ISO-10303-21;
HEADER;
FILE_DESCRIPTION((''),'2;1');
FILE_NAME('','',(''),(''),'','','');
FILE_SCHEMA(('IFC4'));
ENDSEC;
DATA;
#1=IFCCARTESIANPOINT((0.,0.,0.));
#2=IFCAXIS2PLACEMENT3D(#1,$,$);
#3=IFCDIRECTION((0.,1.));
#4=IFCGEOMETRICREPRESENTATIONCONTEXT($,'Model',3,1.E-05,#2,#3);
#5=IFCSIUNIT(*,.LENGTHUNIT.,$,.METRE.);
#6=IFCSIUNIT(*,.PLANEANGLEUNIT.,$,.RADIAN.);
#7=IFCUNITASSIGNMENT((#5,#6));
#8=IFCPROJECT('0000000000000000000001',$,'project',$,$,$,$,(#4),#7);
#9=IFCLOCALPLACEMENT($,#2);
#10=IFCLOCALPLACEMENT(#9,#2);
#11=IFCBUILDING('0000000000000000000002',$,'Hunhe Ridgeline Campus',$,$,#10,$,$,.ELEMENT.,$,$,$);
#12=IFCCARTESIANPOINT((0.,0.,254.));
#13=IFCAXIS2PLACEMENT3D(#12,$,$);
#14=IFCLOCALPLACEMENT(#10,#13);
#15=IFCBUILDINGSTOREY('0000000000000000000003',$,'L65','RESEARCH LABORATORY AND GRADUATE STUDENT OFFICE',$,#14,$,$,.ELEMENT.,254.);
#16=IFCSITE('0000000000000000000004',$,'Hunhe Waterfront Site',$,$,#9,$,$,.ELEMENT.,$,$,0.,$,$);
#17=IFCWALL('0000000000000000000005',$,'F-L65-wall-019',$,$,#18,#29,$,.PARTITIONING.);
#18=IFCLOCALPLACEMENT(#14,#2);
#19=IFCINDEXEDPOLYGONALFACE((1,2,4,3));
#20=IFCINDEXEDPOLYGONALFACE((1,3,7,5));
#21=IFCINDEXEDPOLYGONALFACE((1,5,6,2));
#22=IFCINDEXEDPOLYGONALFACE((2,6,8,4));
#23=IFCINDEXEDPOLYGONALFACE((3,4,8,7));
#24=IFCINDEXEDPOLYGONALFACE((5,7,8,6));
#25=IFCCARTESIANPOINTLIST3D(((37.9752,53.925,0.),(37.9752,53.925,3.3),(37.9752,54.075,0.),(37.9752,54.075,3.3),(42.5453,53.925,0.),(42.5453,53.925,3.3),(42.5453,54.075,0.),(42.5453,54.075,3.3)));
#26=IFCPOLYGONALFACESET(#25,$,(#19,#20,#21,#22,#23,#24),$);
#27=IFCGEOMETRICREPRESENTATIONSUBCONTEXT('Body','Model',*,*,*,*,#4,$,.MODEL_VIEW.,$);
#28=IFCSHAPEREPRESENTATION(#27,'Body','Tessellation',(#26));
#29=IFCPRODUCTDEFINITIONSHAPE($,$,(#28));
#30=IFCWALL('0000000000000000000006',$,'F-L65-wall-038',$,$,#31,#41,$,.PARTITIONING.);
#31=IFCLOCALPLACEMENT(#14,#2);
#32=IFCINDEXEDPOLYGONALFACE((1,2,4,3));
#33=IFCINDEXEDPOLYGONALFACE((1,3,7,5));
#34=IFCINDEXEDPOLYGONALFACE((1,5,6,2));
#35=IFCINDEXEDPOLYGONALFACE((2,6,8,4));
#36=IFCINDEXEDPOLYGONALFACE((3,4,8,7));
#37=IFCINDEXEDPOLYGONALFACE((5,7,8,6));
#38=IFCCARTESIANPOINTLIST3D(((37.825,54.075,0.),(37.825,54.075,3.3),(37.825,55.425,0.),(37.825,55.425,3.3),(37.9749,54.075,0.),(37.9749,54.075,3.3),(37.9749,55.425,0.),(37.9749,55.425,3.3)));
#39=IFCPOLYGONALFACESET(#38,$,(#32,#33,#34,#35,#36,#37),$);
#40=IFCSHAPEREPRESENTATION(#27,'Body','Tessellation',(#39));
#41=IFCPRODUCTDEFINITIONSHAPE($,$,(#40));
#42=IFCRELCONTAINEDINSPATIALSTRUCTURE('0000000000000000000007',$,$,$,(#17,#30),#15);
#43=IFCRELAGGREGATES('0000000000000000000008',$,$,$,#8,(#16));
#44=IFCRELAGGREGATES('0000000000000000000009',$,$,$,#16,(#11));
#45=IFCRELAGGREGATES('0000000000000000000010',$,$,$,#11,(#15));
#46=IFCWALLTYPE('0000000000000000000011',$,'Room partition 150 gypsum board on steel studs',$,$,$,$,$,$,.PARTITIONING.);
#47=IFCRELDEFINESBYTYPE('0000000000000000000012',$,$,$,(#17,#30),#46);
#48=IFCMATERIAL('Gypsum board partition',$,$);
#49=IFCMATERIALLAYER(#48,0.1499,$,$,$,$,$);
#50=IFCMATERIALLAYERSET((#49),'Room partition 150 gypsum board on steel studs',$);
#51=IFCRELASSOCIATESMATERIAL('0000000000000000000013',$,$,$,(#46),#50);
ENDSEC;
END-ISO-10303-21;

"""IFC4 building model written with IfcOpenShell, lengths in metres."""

from ifc_helpers import new_model, si_unit, direction, frame, frame_2d, origin, place, context, subcontext, project, spatial, rectangle, extrude, material, layer, layer_set, type_object, element, save


model = new_model("IFC4")

# Units and contexts
model_context = context("Model", 3, precision=1e-05, world=origin(), true_north=direction((0.0, 1.0)))
body_context = subcontext(model_context, "Body", "Model", "MODEL_VIEW")
ifc_project = project(units=[si_unit("LENGTHUNIT", "METRE"), si_unit("PLANEANGLEUNIT", "RADIAN")], contexts=[model_context])

# Site, building, storey
site_placement = place(None, origin())
site = spatial("IfcSite", under=ifc_project, at=site_placement, Name="Hunhe Waterfront Site", CompositionType="ELEMENT", RefElevation=0.0)
building_placement = place(site_placement, origin())
building = spatial("IfcBuilding", under=site, at=building_placement, Name="Hunhe Ridgeline Campus", CompositionType="ELEMENT")
storey_placement = place(building_placement, frame((0.0, 0.0, 254.0)))
storey = spatial("IfcBuildingStorey", under=building, at=storey_placement, Name="L65", Description="RESEARCH LABORATORY AND GRADUATE STUDENT OFFICE", CompositionType="ELEMENT", Elevation=254.0)

# Shared definitions
ifc_material_1 = material(Name="Gypsum board partition")

# Walls
ifc_layer_1 = layer(ifc_material_1, 0.1499)
ifc_layer_set_1 = layer_set([ifc_layer_1], Name="Room partition 150 gypsum board on steel studs")
wall_type_1 = type_object("IfcWallType", Name="Room partition 150 gypsum board on steel studs", PredefinedType="PARTITIONING", material=ifc_layer_set_1)
wall_1_placement = place(storey_placement, frame((37.9751, 54.0, 0.0), z_axis=(0.0, 0.0, 1.0), x_axis=(1.0, 0.0, 0.0)))
element("IfcWall", 1, at=wall_1_placement, inside=storey, type_object=wall_type_1, Name="F-L65-wall-019", PredefinedType="PARTITIONING", context=body_context, shape_type="SweptSolid", body=[
    extrude(rectangle(XDim=4.5701, YDim=0.1499, at=frame_2d((2.2852, 0.0))), origin(), (0.0, 0.0, 1.0), 3.3),
])
wall_2_placement = place(storey_placement, frame((37.8999, 55.425, 0.0), z_axis=(0.0, 0.0, 1.0), x_axis=(0.0, -1.0, 0.0)))
element("IfcWall", 2, at=wall_2_placement, inside=storey, type_object=wall_type_1, Name="F-L65-wall-038", PredefinedType="PARTITIONING", context=body_context, shape_type="SweptSolid", body=[
    extrude(rectangle(XDim=1.3501, YDim=0.1499, at=frame_2d((0.675, 0.0))), origin(), (0.0, 0.0, 1.0), 3.3),
])

save(model, "model.ifc")
